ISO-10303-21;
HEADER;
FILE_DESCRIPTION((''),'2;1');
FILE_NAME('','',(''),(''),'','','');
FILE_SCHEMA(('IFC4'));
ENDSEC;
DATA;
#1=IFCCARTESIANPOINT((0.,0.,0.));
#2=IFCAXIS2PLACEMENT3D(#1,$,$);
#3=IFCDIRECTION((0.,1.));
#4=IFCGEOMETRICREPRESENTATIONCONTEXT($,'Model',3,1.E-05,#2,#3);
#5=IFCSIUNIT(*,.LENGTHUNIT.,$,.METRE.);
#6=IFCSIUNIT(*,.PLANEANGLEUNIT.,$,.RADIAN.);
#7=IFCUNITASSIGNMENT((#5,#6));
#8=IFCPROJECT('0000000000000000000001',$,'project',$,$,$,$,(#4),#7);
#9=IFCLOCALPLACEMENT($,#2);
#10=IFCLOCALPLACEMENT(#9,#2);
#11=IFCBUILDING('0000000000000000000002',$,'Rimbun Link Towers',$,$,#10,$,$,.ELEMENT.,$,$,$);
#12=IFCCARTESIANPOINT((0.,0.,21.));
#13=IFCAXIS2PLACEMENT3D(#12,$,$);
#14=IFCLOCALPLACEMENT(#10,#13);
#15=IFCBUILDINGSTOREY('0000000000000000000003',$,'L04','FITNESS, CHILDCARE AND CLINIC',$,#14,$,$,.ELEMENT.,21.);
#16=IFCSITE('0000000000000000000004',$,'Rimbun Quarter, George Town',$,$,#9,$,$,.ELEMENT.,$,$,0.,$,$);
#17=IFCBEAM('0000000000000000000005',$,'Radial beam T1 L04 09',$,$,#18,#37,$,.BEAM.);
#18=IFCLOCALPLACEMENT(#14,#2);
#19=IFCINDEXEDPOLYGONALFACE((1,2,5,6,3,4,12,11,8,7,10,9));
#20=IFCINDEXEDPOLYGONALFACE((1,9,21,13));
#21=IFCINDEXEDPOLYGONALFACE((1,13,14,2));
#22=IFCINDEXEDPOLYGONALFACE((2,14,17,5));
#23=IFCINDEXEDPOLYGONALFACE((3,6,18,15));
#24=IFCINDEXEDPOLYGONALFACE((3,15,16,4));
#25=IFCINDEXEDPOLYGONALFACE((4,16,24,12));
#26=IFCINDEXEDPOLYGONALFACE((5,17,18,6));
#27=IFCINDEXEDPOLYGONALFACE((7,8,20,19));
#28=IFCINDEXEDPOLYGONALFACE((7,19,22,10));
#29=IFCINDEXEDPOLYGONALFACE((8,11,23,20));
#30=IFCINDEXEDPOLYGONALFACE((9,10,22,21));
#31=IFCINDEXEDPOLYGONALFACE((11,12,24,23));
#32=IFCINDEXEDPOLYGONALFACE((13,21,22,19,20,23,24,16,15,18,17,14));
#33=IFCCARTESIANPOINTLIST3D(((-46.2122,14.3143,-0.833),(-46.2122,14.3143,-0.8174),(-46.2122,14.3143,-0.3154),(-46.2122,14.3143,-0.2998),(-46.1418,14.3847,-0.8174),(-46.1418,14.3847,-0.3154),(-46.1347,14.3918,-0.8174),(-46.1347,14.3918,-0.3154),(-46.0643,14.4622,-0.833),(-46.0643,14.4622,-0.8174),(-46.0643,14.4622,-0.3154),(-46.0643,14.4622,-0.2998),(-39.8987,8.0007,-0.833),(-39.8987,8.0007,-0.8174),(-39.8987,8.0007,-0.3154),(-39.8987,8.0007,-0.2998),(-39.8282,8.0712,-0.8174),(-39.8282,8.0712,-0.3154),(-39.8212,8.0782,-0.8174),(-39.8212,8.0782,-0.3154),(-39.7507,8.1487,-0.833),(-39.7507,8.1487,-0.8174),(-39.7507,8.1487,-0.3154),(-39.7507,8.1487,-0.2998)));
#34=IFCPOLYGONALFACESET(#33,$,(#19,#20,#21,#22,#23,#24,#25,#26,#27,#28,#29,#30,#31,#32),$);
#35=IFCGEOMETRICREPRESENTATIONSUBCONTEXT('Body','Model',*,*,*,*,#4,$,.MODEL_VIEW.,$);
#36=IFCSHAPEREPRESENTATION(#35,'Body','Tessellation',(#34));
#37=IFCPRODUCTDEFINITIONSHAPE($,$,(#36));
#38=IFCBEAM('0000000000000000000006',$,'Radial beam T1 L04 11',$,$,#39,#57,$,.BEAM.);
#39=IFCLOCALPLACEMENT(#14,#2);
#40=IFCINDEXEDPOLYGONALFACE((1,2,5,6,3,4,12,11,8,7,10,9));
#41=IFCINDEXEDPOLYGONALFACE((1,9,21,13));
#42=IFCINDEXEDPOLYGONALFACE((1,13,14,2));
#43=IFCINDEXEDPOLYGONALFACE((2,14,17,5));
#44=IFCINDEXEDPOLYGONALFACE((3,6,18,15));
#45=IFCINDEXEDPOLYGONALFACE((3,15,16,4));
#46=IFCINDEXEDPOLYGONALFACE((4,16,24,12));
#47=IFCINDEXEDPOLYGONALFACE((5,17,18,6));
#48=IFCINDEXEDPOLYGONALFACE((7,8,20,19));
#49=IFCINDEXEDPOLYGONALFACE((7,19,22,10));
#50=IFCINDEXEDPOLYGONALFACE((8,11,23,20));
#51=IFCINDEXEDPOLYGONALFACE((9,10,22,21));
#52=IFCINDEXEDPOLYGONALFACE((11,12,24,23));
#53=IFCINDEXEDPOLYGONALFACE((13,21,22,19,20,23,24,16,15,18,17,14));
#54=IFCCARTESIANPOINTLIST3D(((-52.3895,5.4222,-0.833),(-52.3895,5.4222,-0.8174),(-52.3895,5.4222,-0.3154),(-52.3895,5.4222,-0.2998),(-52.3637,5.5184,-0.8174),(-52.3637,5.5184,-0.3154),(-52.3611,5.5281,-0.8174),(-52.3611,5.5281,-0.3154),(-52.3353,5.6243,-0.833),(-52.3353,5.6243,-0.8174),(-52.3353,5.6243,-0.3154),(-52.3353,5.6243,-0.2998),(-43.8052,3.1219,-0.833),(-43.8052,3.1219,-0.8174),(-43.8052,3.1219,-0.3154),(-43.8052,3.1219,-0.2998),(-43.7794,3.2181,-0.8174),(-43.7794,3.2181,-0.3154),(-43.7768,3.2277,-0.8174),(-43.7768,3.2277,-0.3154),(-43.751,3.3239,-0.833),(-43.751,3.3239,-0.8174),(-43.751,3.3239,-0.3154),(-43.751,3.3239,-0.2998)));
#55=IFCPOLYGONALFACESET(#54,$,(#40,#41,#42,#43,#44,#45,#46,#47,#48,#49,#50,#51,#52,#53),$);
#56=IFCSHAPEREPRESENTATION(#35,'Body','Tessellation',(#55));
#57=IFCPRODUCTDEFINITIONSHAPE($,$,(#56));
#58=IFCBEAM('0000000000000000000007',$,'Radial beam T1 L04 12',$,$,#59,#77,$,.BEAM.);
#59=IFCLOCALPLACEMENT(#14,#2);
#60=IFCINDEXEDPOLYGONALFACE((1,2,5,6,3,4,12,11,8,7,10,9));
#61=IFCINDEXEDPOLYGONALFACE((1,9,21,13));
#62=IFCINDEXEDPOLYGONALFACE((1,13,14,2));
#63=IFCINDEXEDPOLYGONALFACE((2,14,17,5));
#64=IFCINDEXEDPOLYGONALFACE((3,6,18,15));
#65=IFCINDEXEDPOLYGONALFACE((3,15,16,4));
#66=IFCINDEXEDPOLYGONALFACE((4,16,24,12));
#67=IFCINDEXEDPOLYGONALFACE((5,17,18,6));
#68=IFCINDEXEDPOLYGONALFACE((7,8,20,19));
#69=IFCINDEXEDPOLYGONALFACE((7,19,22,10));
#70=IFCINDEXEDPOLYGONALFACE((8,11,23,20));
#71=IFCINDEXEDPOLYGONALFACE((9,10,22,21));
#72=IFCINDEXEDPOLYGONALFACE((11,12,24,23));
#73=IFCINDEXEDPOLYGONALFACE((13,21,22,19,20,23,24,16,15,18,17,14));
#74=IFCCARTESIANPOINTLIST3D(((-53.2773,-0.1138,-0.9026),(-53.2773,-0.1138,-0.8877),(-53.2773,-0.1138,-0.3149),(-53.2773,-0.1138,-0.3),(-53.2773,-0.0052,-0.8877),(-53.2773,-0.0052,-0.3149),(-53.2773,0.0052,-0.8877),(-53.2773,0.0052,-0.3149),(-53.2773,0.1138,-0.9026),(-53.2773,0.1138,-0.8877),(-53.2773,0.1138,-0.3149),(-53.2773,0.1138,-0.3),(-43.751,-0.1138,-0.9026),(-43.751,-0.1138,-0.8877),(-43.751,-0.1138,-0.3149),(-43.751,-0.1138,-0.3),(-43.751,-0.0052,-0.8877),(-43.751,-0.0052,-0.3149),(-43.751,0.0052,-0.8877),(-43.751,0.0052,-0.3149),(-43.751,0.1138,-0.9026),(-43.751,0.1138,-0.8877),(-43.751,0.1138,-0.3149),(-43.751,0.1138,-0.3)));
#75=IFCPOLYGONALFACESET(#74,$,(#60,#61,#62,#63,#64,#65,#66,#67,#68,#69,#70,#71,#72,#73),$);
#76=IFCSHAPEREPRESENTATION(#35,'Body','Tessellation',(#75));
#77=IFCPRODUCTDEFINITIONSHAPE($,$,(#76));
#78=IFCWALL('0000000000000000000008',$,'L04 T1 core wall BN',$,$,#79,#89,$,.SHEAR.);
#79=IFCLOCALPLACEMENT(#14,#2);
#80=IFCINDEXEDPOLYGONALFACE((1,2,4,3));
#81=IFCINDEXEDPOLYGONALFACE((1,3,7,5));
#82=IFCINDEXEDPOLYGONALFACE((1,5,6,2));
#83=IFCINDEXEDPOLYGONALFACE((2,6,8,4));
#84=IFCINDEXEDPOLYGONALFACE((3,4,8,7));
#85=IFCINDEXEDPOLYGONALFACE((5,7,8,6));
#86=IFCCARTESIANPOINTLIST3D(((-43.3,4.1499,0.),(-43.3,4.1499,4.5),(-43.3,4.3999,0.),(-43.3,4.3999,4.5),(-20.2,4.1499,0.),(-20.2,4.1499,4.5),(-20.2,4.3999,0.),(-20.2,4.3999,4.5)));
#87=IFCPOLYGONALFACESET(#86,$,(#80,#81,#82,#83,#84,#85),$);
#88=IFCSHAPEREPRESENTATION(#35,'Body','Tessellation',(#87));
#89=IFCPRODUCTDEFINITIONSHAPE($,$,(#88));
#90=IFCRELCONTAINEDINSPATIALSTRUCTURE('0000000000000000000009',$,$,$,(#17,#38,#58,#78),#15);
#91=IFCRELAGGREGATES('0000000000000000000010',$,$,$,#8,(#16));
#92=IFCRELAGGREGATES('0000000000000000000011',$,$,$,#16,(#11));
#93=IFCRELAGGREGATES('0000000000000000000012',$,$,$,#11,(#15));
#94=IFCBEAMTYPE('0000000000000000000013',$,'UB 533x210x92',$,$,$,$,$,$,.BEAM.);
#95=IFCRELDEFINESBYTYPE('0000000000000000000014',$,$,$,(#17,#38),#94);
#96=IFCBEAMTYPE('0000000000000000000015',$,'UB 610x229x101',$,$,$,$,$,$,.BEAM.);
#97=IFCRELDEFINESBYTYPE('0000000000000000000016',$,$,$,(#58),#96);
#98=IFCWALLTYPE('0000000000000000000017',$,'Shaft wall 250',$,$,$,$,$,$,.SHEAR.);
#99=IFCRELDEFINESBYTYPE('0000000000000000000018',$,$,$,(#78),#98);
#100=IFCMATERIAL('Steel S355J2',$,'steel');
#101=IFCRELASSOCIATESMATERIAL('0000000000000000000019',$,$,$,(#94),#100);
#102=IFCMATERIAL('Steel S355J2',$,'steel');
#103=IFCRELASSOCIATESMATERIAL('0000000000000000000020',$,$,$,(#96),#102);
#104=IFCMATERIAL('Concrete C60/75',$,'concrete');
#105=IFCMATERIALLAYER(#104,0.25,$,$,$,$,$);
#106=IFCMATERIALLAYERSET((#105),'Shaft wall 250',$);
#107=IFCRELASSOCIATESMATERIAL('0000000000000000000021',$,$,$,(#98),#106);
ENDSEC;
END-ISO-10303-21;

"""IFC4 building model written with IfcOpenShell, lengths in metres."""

from ifc_helpers import new_model, si_unit, direction, frame, frame_2d, origin, origin_2d, place, context, subcontext, project, spatial, rectangle, i_section, extrude, material, layer, layer_set, material_profile, profile_set, type_object, element, save


model = new_model("IFC4")

# Units and contexts
model_context = context("Model", 3, precision=1e-05, world=origin(), true_north=direction((0.0, 1.0)))
body_context = subcontext(model_context, "Body", "Model", "MODEL_VIEW")
ifc_project = project(units=[si_unit("LENGTHUNIT", "METRE"), si_unit("PLANEANGLEUNIT", "RADIAN")], contexts=[model_context])

# Site, building, storey
site_placement = place(None, origin())
site = spatial("IfcSite", under=ifc_project, at=site_placement, Name="Rimbun Quarter, George Town", CompositionType="ELEMENT", RefElevation=0.0)
building_placement = place(site_placement, origin())
building = spatial("IfcBuilding", under=site, at=building_placement, Name="Rimbun Link Towers", CompositionType="ELEMENT")
storey_placement = place(building_placement, frame((0.0, 0.0, 21.0)))
storey = spatial("IfcBuildingStorey", under=building, at=storey_placement, Name="L04", Description="FITNESS, CHILDCARE AND CLINIC", CompositionType="ELEMENT", Elevation=21.0)

# Beams
ifc_material_1 = material(Name="Steel S355J2", Category="steel")
ifc_material_profile_1 = material_profile(ifc_material_1, i_section(OverallWidth=0.2092, OverallDepth=0.5332, WebThickness=0.01, FlangeThickness=0.0156, at=origin_2d()), Name="UB 533x210x92")
ifc_profile_set_1 = profile_set([ifc_material_profile_1], Name="Steel S355J2")
beam_type_1 = type_object("IfcBeamType", Name="UB 533x210x92", PredefinedType="BEAM", material=ifc_profile_set_1)
beam_1_placement = place(storey_placement, frame((-39.8247, 8.0747, -0.5664), z_axis=(-0.707107, 0.707107, 0.0), x_axis=(-0.707107, -0.707107, 0.0)))
element("IfcBeam", 1, at=beam_1_placement, inside=storey, type_object=beam_type_1, Name="Radial beam T1 L04 09", PredefinedType="BEAM", context=body_context, shape_type="SweptSolid", body=[
    extrude(i_section(OverallWidth=0.2092, OverallDepth=0.5332, WebThickness=0.01, FlangeThickness=0.0156, at=origin_2d()), origin(), (0.0, 0.0, 1.0), 8.9287),
])
beam_2_placement = place(storey_placement, frame((-43.7781, 3.2229, -0.5664), z_axis=(-0.965921, 0.258835, 0.0), x_axis=(-0.258835, -0.965921, 0.0)))
element("IfcBeam", 2, at=beam_2_placement, inside=storey, type_object=beam_type_1, Name="Radial beam T1 L04 11", PredefinedType="BEAM", context=body_context, shape_type="SweptSolid", body=[
    extrude(i_section(OverallWidth=0.2092, OverallDepth=0.5332, WebThickness=0.01, FlangeThickness=0.0156, at=origin_2d()), origin(), (0.0, 0.0, 1.0), 8.8872),
])
ifc_material_2 = material(Name="Steel S355J2", Category="steel")
ifc_material_profile_2 = material_profile(ifc_material_2, i_section(OverallWidth=0.2275, OverallDepth=0.6025, WebThickness=0.0105, FlangeThickness=0.0149, at=origin_2d()), Name="UB 610x229x101")
ifc_profile_set_2 = profile_set([ifc_material_profile_2], Name="Steel S355J2")
beam_type_2 = type_object("IfcBeamType", Name="UB 610x229x101", PredefinedType="BEAM", material=ifc_profile_set_2)
beam_3_placement = place(storey_placement, frame((-43.751, 0.0, -0.6013), z_axis=(-1.0, 0.0, 0.0), x_axis=(0.0, -1.0, 0.0)))
element("IfcBeam", 3, at=beam_3_placement, inside=storey, type_object=beam_type_2, Name="Radial beam T1 L04 12", PredefinedType="BEAM", context=body_context, shape_type="SweptSolid", body=[
    extrude(i_section(OverallWidth=0.2275, OverallDepth=0.6025, WebThickness=0.0105, FlangeThickness=0.0149, at=origin_2d()), origin(), (0.0, 0.0, 1.0), 9.5264),
])

# Wall
ifc_material_3 = material(Name="Concrete C60/75", Category="concrete")
ifc_layer = layer(ifc_material_3, 0.25)
ifc_layer_set = layer_set([ifc_layer], Name="Shaft wall 250")
wall_type = type_object("IfcWallType", Name="Shaft wall 250", PredefinedType="SHEAR", material=ifc_layer_set)
wall_1_placement = place(storey_placement, frame((-43.3, 4.2749, 0.0), z_axis=(0.0, 0.0, 1.0), x_axis=(1.0, 0.0, 0.0)))
element("IfcWall", 4, at=wall_1_placement, inside=storey, type_object=wall_type, Name="L04 T1 core wall BN", PredefinedType="SHEAR", context=body_context, shape_type="SweptSolid", body=[
    extrude(rectangle(XDim=23.1001, YDim=0.25, at=frame_2d((11.55, 0.0))), origin(), (0.0, 0.0, 1.0), 4.5),
])

save(model, "model.ifc")
